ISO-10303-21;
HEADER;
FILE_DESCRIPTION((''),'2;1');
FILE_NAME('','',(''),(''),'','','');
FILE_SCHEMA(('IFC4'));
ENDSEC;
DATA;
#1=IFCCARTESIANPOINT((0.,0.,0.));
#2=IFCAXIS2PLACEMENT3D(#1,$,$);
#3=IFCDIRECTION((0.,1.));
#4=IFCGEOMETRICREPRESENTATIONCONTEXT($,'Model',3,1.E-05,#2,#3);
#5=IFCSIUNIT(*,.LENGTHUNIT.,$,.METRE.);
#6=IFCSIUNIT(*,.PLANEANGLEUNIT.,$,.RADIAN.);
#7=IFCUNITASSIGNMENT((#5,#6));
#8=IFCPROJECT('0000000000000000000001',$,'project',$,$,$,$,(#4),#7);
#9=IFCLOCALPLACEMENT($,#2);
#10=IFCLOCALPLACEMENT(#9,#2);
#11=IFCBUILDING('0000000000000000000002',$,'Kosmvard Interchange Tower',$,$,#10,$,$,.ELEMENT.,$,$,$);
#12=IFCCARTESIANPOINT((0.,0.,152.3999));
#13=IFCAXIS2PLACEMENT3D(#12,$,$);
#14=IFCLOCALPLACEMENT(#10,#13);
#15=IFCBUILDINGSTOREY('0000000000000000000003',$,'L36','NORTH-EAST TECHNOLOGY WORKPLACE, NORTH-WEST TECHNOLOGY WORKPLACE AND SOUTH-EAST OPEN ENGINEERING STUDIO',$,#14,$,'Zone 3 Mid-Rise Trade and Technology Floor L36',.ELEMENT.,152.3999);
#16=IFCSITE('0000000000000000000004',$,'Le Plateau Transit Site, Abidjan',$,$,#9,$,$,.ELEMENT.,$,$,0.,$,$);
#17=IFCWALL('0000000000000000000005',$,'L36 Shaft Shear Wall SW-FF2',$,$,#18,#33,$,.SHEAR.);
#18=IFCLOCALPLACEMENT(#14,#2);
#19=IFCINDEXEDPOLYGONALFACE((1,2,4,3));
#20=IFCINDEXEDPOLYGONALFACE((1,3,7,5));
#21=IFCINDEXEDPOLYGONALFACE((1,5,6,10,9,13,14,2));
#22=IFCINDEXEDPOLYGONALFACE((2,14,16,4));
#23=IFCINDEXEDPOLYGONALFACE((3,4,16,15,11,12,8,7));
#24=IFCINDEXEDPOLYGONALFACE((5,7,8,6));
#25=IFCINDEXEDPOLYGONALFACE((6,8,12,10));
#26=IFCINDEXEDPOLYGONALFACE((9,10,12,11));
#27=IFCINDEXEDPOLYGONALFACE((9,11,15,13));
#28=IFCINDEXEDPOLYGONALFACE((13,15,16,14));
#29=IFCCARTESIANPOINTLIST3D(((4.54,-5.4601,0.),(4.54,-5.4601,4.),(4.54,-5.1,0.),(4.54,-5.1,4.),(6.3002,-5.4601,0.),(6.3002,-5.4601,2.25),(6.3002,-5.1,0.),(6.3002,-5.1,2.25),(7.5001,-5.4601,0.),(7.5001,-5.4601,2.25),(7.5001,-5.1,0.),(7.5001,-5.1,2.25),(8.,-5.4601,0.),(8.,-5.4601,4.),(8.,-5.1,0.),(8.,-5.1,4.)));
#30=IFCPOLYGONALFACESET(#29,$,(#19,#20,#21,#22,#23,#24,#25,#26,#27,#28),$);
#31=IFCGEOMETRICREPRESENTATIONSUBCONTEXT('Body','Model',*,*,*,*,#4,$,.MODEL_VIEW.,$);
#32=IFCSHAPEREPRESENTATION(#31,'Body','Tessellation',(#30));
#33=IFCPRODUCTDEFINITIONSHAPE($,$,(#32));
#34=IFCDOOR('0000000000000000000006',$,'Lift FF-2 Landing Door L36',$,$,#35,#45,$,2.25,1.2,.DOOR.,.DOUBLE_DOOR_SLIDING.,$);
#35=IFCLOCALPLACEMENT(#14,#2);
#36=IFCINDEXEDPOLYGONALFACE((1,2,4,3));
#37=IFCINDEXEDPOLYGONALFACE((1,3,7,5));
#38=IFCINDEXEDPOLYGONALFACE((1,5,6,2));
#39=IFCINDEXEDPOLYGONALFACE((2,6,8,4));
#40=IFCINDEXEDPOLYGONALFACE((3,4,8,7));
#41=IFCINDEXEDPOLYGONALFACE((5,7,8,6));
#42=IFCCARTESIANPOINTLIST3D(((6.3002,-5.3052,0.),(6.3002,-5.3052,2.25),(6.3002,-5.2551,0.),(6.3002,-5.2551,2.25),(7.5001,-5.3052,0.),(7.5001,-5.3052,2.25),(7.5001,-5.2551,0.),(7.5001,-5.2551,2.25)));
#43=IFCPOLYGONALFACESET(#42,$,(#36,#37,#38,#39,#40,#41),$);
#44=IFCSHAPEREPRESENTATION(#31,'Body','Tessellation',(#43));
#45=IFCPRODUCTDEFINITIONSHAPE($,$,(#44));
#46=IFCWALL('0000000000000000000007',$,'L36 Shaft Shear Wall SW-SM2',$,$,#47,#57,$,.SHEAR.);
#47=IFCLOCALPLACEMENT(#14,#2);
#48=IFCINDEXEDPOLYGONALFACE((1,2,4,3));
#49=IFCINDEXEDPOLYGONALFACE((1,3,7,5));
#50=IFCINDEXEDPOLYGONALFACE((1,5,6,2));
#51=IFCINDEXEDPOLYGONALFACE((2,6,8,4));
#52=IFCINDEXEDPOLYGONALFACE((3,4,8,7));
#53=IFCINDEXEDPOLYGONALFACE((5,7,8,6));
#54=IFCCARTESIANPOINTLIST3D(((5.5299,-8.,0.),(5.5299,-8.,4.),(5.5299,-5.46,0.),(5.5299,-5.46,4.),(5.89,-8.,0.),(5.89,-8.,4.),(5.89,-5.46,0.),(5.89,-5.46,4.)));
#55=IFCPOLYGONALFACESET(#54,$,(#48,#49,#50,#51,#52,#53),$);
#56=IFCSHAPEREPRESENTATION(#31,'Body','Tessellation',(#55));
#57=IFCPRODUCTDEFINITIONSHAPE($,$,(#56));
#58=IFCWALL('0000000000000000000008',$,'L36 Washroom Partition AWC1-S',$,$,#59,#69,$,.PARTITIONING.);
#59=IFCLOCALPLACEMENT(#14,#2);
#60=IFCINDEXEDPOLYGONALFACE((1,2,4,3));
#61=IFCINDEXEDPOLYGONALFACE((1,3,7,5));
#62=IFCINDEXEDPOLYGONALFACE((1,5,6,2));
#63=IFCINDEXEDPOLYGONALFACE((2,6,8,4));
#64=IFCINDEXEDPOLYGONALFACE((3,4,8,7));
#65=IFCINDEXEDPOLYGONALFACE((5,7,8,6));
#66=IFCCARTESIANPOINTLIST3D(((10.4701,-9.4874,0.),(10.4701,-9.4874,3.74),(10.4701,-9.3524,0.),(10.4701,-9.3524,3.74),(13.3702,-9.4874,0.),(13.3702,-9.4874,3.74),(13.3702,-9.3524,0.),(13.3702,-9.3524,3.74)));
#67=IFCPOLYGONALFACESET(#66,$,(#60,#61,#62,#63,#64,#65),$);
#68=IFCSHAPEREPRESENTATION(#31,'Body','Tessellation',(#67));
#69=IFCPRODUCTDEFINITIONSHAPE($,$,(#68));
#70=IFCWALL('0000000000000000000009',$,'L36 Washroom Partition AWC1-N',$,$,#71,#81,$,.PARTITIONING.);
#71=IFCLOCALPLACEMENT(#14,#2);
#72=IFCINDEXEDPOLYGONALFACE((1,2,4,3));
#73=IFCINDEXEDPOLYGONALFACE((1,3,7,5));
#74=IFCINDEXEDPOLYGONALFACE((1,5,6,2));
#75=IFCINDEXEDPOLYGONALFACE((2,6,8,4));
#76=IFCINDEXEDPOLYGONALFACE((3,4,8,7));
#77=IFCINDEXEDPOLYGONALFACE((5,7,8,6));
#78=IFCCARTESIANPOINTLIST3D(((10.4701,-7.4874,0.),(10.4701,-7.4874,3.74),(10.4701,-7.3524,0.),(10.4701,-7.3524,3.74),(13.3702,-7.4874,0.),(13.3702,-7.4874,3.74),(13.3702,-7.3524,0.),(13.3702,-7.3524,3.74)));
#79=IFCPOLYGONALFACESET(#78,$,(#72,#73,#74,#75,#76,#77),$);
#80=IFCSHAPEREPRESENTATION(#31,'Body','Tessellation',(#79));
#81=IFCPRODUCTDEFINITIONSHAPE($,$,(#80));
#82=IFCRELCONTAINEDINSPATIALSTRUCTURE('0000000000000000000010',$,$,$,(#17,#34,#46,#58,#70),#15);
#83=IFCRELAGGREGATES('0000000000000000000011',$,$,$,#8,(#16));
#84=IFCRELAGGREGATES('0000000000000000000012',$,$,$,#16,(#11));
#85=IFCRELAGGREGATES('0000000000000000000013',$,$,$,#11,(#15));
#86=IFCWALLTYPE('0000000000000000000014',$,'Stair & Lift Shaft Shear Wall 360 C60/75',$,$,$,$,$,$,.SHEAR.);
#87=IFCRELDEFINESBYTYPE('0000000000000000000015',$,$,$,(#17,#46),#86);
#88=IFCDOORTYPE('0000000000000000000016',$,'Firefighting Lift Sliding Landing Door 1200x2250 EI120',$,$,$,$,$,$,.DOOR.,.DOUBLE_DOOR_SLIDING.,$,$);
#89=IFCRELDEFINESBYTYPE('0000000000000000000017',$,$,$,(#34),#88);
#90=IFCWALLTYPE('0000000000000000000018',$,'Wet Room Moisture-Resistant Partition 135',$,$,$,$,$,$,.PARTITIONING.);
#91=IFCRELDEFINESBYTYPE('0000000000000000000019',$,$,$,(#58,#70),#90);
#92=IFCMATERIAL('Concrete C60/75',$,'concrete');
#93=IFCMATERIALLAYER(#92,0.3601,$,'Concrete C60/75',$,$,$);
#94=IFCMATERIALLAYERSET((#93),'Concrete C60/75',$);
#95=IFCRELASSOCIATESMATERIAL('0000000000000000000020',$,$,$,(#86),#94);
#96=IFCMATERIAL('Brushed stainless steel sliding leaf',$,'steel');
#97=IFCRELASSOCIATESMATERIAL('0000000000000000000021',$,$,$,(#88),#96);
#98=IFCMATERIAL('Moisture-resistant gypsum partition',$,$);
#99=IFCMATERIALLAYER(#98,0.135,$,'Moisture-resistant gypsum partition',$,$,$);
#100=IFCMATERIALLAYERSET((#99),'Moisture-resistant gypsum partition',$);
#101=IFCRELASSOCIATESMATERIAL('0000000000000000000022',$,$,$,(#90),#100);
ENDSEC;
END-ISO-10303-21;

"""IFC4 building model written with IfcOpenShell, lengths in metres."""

from ifc_helpers import new_model, si_unit, direction, frame, frame_2d, origin, place, context, subcontext, project, spatial, rectangle, extrude, source, transform, mapped, material, layer, layer_set, type_object, element, fill, save


model = new_model("IFC4")

# Units and contexts
model_context = context("Model", 3, precision=1e-05, world=origin(), true_north=direction((0.0, 1.0)))
body_context = subcontext(model_context, "Body", "Model", "MODEL_VIEW")
ifc_project = project(units=[si_unit("LENGTHUNIT", "METRE"), si_unit("PLANEANGLEUNIT", "RADIAN")], contexts=[model_context])

# Site, building, storey
site_placement = place(None, origin())
site = spatial("IfcSite", under=ifc_project, at=site_placement, Name="Le Plateau Transit Site, Abidjan", CompositionType="ELEMENT", RefElevation=0.0)
building_placement = place(site_placement, origin())
building = spatial("IfcBuilding", under=site, at=building_placement, Name="Kosmvard Interchange Tower", CompositionType="ELEMENT")
storey_placement = place(building_placement, frame((0.0, 0.0, 152.3999)))
storey = spatial("IfcBuildingStorey", under=building, at=storey_placement, Name="L36", Description="NORTH-EAST TECHNOLOGY WORKPLACE, NORTH-WEST TECHNOLOGY WORKPLACE AND SOUTH-EAST OPEN ENGINEERING STUDIO", LongName="Zone 3 Mid-Rise Trade and Technology Floor L36", CompositionType="ELEMENT", Elevation=152.3999)

# Shared definitions
ifc_material_1 = material(Name="Concrete C60/75", Category="concrete")

# Shared definitions
ifc_material_2 = material(Name="Brushed stainless steel sliding leaf", Category="steel")

# Shared definitions
ifc_layer_1 = layer(ifc_material_1, 0.3601, Name="Concrete C60/75")
ifc_layer_set_1 = layer_set([ifc_layer_1], Name="Concrete C60/75")
wall_type_1 = type_object("IfcWallType", Name="Stair & Lift Shaft Shear Wall 360 C60/75", PredefinedType="SHEAR", material=ifc_layer_set_1)

# Wall, opening, door
wall_1_placement = place(storey_placement, frame((4.54, -5.28, 0.0), z_axis=(0.0, 0.0, 1.0), x_axis=(1.0, 0.0, 0.0)))
wall_1 = element("IfcWall", 1, at=wall_1_placement, inside=storey, type_object=wall_type_1, Name="L36 Shaft Shear Wall SW-FF2", PredefinedType="SHEAR", context=body_context, shape_type="SweptSolid", body=[
    extrude(rectangle(XDim=3.46, YDim=0.3601, at=frame_2d((1.73, 0.0))), origin(), (0.0, 0.0, 1.0), 4.0),
])
opening_1_placement = place(wall_1_placement, frame((1.76, 0.0, 0.0)))
opening_1 = element("IfcOpeningElement", 2, at=opening_1_placement, cuts=wall_1, PredefinedType="OPENING", context=body_context, shape_type="SweptSolid", body=[
    extrude(rectangle(XDim=1.2, YDim=2.25, at=frame_2d((0.6001, 1.125))), frame((0.0, 0.1899, 0.0), z_axis=(0.0, -1.0, 0.0), x_axis=(1.0, 0.0, 0.0)), (0.0, 0.0, 1.0), 0.3801),
])
door_type_1 = type_object("IfcDoorType", Name="Firefighting Lift Sliding Landing Door 1200x2250 EI120", OperationType="DOUBLE_DOOR_SLIDING", PredefinedType="DOOR", material=ifc_material_2)
shared_shape_1 = source(origin(), body_context, "Body", "SweptSolid", [
    extrude(rectangle(XDim=1.2, YDim=2.25, at=frame_2d((0.6001, 1.125))), frame((0.0, 0.0249, 0.0), z_axis=(0.0, -1.0, 0.0), x_axis=(1.0, 0.0, 0.0)), (0.0, 0.0, 1.0), 0.05),
])
door_1_placement = place(opening_1_placement, origin())
door_1 = element("IfcDoor", 3, at=door_1_placement, inside=storey, type_object=door_type_1, Name="Lift FF-2 Landing Door L36", OperationType="DOUBLE_DOOR_SLIDING", OverallHeight=2.25, OverallWidth=1.2, PredefinedType="DOOR", context=body_context, shape_type="MappedRepresentation", body=[
    mapped(shared_shape_1, transform((0.0, 0.0, 0.0), scale=1.0)),
])
fill(opening_1, door_1)

# Walls
wall_2_placement = place(storey_placement, frame((5.71, -8.0, 0.0), z_axis=(0.0, 0.0, 1.0), x_axis=(0.0, 1.0, 0.0)))
element("IfcWall", 4, at=wall_2_placement, inside=storey, type_object=wall_type_1, Name="L36 Shaft Shear Wall SW-SM2", PredefinedType="SHEAR", context=body_context, shape_type="SweptSolid", body=[
    extrude(rectangle(XDim=2.54, YDim=0.3601, at=frame_2d((1.27, 0.0))), origin(), (0.0, 0.0, 1.0), 4.0),
])
ifc_material_3 = material(Name="Moisture-resistant gypsum partition")
ifc_layer_2 = layer(ifc_material_3, 0.135, Name="Moisture-resistant gypsum partition")
ifc_layer_set_2 = layer_set([ifc_layer_2], Name="Moisture-resistant gypsum partition")
wall_type_2 = type_object("IfcWallType", Name="Wet Room Moisture-Resistant Partition 135", PredefinedType="PARTITIONING", material=ifc_layer_set_2)
for number, where, z_axis, x_axis, name in (
    (5, (10.47, -9.4199, 0.0), (0.0, 0.0, 1.0), (1.0, 0.0, 0.0), "L36 Washroom Partition AWC1-S"),
    (6, (10.47, -7.4199, 0.0), (0.0, 0.0, 1.0), (1.0, 0.0, 0.0), "L36 Washroom Partition AWC1-N"),
):
    element("IfcWall", number, at=place(storey_placement, frame(where, z_axis=z_axis, x_axis=x_axis)), inside=storey, type_object=wall_type_2, Name=name, PredefinedType="PARTITIONING", context=body_context, shape_type="SweptSolid", body=[
        extrude(rectangle(XDim=2.9001, YDim=0.135, at=frame_2d((1.4502, 0.0))), origin(), (0.0, 0.0, 1.0), 3.74),
    ])

save(model, "model.ifc")
